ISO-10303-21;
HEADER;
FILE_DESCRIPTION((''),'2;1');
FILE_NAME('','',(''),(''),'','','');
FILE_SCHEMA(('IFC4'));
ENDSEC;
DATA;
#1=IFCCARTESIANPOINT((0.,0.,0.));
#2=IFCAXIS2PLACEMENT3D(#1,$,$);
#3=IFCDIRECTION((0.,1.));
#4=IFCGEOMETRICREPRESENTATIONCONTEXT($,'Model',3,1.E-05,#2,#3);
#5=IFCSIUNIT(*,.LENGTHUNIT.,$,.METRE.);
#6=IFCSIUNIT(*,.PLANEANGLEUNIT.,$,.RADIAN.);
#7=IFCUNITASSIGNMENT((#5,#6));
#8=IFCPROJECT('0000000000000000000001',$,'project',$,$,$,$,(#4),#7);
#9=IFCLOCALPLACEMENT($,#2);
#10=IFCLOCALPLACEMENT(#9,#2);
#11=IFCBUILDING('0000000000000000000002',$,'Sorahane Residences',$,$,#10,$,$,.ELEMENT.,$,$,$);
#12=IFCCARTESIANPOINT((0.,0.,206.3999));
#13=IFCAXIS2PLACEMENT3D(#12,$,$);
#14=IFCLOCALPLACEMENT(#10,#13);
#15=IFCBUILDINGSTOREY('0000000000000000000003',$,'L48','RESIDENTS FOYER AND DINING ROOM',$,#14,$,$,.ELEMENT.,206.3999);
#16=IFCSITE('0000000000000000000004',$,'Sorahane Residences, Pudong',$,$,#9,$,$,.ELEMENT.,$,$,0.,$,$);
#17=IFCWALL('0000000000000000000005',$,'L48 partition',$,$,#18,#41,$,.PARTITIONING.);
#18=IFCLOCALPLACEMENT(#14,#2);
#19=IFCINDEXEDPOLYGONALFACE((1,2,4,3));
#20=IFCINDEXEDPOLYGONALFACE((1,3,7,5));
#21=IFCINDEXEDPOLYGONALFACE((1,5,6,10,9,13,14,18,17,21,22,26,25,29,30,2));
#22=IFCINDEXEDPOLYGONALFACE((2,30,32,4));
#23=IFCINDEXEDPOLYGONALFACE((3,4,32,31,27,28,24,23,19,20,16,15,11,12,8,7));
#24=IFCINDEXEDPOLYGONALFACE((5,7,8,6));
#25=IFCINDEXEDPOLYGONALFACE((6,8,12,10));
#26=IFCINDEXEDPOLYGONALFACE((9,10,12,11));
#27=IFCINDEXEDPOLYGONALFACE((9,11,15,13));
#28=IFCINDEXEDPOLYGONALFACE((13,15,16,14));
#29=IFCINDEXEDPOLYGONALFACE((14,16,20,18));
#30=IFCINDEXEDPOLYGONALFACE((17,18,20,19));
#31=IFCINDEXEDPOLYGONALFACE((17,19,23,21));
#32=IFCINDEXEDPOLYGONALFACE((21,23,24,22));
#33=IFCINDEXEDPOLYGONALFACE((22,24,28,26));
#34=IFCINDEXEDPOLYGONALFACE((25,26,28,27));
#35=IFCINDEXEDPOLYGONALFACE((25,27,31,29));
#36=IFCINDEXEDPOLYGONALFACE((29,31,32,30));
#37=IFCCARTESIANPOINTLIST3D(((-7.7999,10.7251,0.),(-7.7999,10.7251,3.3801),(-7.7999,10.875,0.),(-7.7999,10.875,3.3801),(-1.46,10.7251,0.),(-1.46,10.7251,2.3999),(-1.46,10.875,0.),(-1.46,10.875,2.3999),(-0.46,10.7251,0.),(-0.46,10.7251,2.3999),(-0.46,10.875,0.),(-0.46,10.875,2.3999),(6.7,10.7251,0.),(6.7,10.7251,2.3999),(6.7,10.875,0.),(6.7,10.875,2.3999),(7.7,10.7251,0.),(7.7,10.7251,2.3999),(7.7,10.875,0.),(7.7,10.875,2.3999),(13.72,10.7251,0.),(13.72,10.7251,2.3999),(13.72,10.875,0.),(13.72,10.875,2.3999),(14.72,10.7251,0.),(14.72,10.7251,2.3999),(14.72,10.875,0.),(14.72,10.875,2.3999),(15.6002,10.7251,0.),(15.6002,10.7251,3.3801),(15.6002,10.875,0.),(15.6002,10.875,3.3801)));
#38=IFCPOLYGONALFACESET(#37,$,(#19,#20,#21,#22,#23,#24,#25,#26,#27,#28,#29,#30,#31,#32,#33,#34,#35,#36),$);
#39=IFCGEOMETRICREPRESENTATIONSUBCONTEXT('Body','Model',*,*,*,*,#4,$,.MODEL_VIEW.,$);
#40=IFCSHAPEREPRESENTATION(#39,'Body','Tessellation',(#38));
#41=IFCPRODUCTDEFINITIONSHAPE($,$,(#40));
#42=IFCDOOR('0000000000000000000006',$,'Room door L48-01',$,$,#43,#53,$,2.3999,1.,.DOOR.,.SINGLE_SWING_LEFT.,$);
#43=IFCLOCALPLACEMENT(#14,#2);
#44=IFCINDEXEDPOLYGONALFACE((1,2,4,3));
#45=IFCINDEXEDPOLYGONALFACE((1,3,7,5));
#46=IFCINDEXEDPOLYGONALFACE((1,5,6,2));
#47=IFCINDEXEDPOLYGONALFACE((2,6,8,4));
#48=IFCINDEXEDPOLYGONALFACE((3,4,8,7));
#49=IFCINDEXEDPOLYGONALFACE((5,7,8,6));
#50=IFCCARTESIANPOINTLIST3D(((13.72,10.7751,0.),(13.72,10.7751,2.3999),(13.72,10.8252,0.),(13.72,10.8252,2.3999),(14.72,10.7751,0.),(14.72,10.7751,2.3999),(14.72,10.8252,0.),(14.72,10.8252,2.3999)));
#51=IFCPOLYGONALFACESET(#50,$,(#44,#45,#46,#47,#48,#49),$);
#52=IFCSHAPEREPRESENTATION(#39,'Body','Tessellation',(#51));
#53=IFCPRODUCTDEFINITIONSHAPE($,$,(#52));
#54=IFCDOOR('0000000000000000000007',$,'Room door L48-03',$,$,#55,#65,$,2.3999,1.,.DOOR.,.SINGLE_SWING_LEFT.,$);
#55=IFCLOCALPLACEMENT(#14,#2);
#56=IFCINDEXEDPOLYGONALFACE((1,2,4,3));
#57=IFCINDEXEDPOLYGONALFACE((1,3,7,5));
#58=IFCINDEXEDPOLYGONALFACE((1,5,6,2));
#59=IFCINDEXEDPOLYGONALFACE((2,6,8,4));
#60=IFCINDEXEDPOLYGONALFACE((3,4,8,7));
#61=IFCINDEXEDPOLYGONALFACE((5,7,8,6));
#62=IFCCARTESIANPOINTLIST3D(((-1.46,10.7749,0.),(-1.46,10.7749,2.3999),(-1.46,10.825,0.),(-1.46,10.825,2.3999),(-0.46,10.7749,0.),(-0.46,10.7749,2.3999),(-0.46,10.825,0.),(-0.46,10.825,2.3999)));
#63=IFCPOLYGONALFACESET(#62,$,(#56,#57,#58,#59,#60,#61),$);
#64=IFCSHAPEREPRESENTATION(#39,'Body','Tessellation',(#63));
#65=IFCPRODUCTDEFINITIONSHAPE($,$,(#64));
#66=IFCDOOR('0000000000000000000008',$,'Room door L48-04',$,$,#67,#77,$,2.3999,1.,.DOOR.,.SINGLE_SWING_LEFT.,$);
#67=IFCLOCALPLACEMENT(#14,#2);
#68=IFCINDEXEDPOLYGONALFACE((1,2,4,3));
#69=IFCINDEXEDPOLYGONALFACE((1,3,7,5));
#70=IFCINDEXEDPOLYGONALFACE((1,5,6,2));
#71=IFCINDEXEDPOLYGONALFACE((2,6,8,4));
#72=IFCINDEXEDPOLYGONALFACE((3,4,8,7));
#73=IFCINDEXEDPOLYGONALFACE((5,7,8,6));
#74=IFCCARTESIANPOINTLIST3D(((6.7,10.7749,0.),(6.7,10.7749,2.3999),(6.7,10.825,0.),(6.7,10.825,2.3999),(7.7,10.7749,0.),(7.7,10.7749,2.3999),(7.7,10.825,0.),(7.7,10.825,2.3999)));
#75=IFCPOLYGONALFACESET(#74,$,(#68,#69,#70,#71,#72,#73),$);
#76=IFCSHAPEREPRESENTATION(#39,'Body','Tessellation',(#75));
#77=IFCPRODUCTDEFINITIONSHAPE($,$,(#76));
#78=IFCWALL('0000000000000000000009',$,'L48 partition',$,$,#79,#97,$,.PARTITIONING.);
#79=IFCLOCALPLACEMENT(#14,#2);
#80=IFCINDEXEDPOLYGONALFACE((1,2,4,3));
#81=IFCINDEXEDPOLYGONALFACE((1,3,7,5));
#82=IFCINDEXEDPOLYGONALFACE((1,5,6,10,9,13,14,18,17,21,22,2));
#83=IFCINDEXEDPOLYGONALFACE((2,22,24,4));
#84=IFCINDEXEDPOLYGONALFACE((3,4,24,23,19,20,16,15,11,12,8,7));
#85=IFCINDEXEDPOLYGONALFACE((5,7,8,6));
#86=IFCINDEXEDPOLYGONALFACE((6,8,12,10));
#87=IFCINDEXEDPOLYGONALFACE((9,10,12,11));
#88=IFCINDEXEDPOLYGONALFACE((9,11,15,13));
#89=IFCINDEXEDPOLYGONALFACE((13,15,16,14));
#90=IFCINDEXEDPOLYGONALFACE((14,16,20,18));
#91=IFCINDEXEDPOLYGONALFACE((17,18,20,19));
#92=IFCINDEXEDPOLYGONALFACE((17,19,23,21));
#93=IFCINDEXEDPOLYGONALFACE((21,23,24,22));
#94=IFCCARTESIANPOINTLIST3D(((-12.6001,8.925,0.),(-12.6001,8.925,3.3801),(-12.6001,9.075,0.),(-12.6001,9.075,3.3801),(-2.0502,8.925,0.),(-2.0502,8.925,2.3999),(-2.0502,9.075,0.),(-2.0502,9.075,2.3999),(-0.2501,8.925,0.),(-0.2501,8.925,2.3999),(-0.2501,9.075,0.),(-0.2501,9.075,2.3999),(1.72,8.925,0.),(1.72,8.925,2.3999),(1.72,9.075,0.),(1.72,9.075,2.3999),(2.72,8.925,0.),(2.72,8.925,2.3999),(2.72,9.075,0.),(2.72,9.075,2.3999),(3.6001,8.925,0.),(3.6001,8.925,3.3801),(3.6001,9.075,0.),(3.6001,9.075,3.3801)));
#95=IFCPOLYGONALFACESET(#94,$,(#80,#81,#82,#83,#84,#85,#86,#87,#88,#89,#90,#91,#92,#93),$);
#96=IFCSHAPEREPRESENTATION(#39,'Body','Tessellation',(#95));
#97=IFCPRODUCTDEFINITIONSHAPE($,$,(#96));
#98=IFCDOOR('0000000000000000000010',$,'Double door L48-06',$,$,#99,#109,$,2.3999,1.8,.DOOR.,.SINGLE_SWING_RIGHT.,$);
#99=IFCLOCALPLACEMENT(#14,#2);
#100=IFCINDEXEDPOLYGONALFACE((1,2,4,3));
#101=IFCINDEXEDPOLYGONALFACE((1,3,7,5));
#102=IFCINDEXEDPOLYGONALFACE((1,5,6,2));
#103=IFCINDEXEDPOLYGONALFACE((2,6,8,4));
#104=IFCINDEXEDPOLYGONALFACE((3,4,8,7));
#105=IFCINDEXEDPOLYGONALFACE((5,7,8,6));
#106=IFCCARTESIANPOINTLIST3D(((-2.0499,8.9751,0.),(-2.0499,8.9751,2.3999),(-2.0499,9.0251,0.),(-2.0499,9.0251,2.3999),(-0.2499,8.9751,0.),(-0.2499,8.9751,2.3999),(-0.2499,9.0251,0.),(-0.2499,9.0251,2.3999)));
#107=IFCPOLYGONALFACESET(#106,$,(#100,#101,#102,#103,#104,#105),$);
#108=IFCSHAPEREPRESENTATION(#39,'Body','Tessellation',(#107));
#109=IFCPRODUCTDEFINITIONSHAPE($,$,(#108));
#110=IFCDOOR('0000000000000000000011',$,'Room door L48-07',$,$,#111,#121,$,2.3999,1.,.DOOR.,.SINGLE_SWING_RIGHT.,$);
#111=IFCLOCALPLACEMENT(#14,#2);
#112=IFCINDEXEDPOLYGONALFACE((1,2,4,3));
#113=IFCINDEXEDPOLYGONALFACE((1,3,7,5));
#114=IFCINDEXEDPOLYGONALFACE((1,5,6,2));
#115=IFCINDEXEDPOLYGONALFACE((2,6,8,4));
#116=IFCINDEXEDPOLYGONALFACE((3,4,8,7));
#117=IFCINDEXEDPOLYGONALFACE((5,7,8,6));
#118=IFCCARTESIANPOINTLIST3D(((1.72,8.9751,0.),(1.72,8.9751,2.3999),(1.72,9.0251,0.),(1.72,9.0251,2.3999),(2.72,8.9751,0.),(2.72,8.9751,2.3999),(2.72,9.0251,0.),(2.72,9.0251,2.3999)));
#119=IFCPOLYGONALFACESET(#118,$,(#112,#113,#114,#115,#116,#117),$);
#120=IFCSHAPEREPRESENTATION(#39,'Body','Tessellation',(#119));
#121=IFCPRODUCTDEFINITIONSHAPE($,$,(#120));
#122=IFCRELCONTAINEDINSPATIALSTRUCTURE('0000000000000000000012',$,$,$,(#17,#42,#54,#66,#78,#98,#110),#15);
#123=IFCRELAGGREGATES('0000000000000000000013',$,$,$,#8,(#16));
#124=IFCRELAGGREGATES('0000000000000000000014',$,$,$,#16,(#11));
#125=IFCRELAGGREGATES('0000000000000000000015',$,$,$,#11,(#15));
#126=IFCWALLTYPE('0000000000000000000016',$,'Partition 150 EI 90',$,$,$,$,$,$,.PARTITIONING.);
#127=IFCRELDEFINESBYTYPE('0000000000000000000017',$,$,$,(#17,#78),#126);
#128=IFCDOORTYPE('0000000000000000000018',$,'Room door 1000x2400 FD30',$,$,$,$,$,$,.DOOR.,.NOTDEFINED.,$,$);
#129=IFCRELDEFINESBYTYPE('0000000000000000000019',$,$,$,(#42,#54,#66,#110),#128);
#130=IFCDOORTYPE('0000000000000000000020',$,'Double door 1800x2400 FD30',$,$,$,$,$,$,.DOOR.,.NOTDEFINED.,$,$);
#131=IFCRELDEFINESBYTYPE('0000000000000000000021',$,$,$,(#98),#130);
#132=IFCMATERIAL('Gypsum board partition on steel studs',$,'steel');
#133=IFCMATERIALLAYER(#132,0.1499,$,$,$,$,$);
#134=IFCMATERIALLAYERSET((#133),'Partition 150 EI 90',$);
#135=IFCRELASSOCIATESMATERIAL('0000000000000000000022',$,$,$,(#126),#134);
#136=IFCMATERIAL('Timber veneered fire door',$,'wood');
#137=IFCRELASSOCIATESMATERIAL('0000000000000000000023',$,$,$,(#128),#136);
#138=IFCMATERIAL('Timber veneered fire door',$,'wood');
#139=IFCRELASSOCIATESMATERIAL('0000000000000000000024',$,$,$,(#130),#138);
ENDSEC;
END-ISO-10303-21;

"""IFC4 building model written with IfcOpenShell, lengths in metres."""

from ifc_helpers import new_model, si_unit, direction, frame, frame_2d, origin, place, context, subcontext, project, spatial, rectangle, extrude, material, layer, layer_set, type_object, element, fill, save


model = new_model("IFC4")

# Units and contexts
model_context = context("Model", 3, precision=1e-05, world=origin(), true_north=direction((0.0, 1.0)))
body_context = subcontext(model_context, "Body", "Model", "MODEL_VIEW")
ifc_project = project(units=[si_unit("LENGTHUNIT", "METRE"), si_unit("PLANEANGLEUNIT", "RADIAN")], contexts=[model_context])

# Site, building, storey
site_placement = place(None, origin())
site = spatial("IfcSite", under=ifc_project, at=site_placement, Name="Sorahane Residences, Pudong", CompositionType="ELEMENT", RefElevation=0.0)
building_placement = place(site_placement, origin())
building = spatial("IfcBuilding", under=site, at=building_placement, Name="Sorahane Residences", CompositionType="ELEMENT")
storey_placement = place(building_placement, frame((0.0, 0.0, 206.3999)))
storey = spatial("IfcBuildingStorey", under=building, at=storey_placement, Name="L48", Description="RESIDENTS FOYER AND DINING ROOM", CompositionType="ELEMENT", Elevation=206.3999)

# Walls, openings, doors
ifc_material_1 = material(Name="Gypsum board partition on steel studs", Category="steel")
ifc_layer_1 = layer(ifc_material_1, 0.1499)
ifc_layer_set_1 = layer_set([ifc_layer_1], Name="Partition 150 EI 90")
wall_type_1 = type_object("IfcWallType", Name="Partition 150 EI 90", PredefinedType="PARTITIONING", material=ifc_layer_set_1)
wall_1_placement = place(storey_placement, frame((-7.8, 10.8, 0.0), z_axis=(0.0, 0.0, 1.0), x_axis=(1.0, 0.0, 0.0)))
wall_1 = element("IfcWall", 1, at=wall_1_placement, inside=storey, type_object=wall_type_1, Name="L48 partition", PredefinedType="PARTITIONING", context=body_context, shape_type="SweptSolid", body=[
    extrude(rectangle(XDim=23.4001, YDim=0.1499, at=frame_2d((11.7002, 0.0))), origin(), (0.0, 0.0, 1.0), 3.3801),
])
opening_1_placement = place(wall_1_placement, frame((21.52, 0.0, 0.0)))
opening_1 = element("IfcOpeningElement", 2, at=opening_1_placement, cuts=wall_1, PredefinedType="OPENING", context=body_context, shape_type="SweptSolid", body=[
    extrude(rectangle(XDim=1.0, YDim=2.3999, at=frame_2d((0.5, 1.2))), frame((0.0, 0.085, 0.0), z_axis=(0.0, -1.0, 0.0), x_axis=(1.0, 0.0, 0.0)), (0.0, 0.0, 1.0), 0.1699),
])
opening_2_placement = place(wall_1_placement, frame((6.3401, 0.0, 0.0)))
opening_2 = element("IfcOpeningElement", 3, at=opening_2_placement, cuts=wall_1, PredefinedType="OPENING", context=body_context, shape_type="SweptSolid", body=[
    extrude(rectangle(XDim=1.0, YDim=2.3999, at=frame_2d((0.5, 1.2))), frame((0.0, 0.085, 0.0), z_axis=(0.0, -1.0, 0.0), x_axis=(1.0, 0.0, 0.0)), (0.0, 0.0, 1.0), 0.1699),
])
opening_3_placement = place(wall_1_placement, frame((14.5, 0.0, 0.0)))
opening_3 = element("IfcOpeningElement", 4, at=opening_3_placement, cuts=wall_1, PredefinedType="OPENING", context=body_context, shape_type="SweptSolid", body=[
    extrude(rectangle(XDim=1.0, YDim=2.3999, at=frame_2d((0.5, 1.2))), frame((0.0, 0.085, 0.0), z_axis=(0.0, -1.0, 0.0), x_axis=(1.0, 0.0, 0.0)), (0.0, 0.0, 1.0), 0.1699),
])
ifc_material_2 = material(Name="Timber veneered fire door", Category="wood")
door_type_1 = type_object("IfcDoorType", Name="Room door 1000x2400 FD30", OperationType="NOTDEFINED", PredefinedType="DOOR", material=ifc_material_2)
door_1_placement = place(opening_1_placement, frame((1.0, 0.0, 0.0), z_axis=(0.0, 0.0, 1.0), x_axis=(-1.0, 0.0, 0.0)))
door_1 = element("IfcDoor", 5, at=door_1_placement, inside=storey, type_object=door_type_1, Name="Room door L48-01", OperationType="SINGLE_SWING_LEFT", OverallHeight=2.3999, OverallWidth=1.0, PredefinedType="DOOR", context=body_context, shape_type="SweptSolid", body=[
    extrude(rectangle(XDim=1.0, YDim=2.3999, at=frame_2d((0.5, 1.2))), frame((0.0, 0.0249, 0.0), z_axis=(0.0, -1.0, 0.0), x_axis=(1.0, 0.0, 0.0)), (0.0, 0.0, 1.0), 0.05),
])
fill(opening_1, door_1)
door_2_placement = place(opening_2_placement, origin())
door_2 = element("IfcDoor", 6, at=door_2_placement, inside=storey, type_object=door_type_1, Name="Room door L48-03", OperationType="SINGLE_SWING_LEFT", OverallHeight=2.3999, OverallWidth=1.0, PredefinedType="DOOR", context=body_context, shape_type="SweptSolid", body=[
    extrude(rectangle(XDim=1.0, YDim=2.3999, at=frame_2d((0.5, 1.2))), frame((0.0, 0.0249, 0.0), z_axis=(0.0, -1.0, 0.0), x_axis=(1.0, 0.0, 0.0)), (0.0, 0.0, 1.0), 0.05),
])
fill(opening_2, door_2)
door_3_placement = place(opening_3_placement, origin())
door_3 = element("IfcDoor", 7, at=door_3_placement, inside=storey, type_object=door_type_1, Name="Room door L48-04", OperationType="SINGLE_SWING_LEFT", OverallHeight=2.3999, OverallWidth=1.0, PredefinedType="DOOR", context=body_context, shape_type="SweptSolid", body=[
    extrude(rectangle(XDim=1.0, YDim=2.3999, at=frame_2d((0.5, 1.2))), frame((0.0, 0.0249, 0.0), z_axis=(0.0, -1.0, 0.0), x_axis=(1.0, 0.0, 0.0)), (0.0, 0.0, 1.0), 0.05),
])
fill(opening_3, door_3)
wall_2_placement = place(storey_placement, frame((-12.6001, 9.0, 0.0), z_axis=(0.0, 0.0, 1.0), x_axis=(1.0, 0.0, 0.0)))
wall_2 = element("IfcWall", 8, at=wall_2_placement, inside=storey, type_object=wall_type_1, Name="L48 partition", PredefinedType="PARTITIONING", context=body_context, shape_type="SweptSolid", body=[
    extrude(rectangle(XDim=16.2002, YDim=0.1499, at=frame_2d((8.1001, 0.0))), origin(), (0.0, 0.0, 1.0), 3.3801),
])
opening_4_placement = place(wall_2_placement, frame((10.55, 0.0, 0.0)))
opening_4 = element("IfcOpeningElement", 9, at=opening_4_placement, cuts=wall_2, PredefinedType="OPENING", context=body_context, shape_type="SweptSolid", body=[
    extrude(rectangle(XDim=1.8, YDim=2.3999, at=frame_2d((0.8999, 1.2))), frame((0.0, 0.085, 0.0), z_axis=(0.0, -1.0, 0.0), x_axis=(1.0, 0.0, 0.0)), (0.0, 0.0, 1.0), 0.1699),
])
opening_5_placement = place(wall_2_placement, frame((14.3201, 0.0, 0.0)))
opening_5 = element("IfcOpeningElement", 10, at=opening_5_placement, cuts=wall_2, PredefinedType="OPENING", context=body_context, shape_type="SweptSolid", body=[
    extrude(rectangle(XDim=1.0, YDim=2.3999, at=frame_2d((0.5, 1.2))), frame((0.0, 0.085, 0.0), z_axis=(0.0, -1.0, 0.0), x_axis=(1.0, 0.0, 0.0)), (0.0, 0.0, 1.0), 0.1699),
])
ifc_material_3 = material(Name="Timber veneered fire door", Category="wood")
door_type_2 = type_object("IfcDoorType", Name="Double door 1800x2400 FD30", OperationType="NOTDEFINED", PredefinedType="DOOR", material=ifc_material_3)
door_4_placement = place(opening_4_placement, frame((1.8, 0.0, 0.0), z_axis=(0.0, 0.0, 1.0), x_axis=(-1.0, 0.0, 0.0)))
door_4 = element("IfcDoor", 11, at=door_4_placement, inside=storey, type_object=door_type_2, Name="Double door L48-06", OperationType="SINGLE_SWING_RIGHT", OverallHeight=2.3999, OverallWidth=1.8, PredefinedType="DOOR", context=body_context, shape_type="SweptSolid", body=[
    extrude(rectangle(XDim=1.8, YDim=2.3999, at=frame_2d((0.8999, 1.2))), frame((0.0, 0.0249, 0.0), z_axis=(0.0, -1.0, 0.0), x_axis=(1.0, 0.0, 0.0)), (0.0, 0.0, 1.0), 0.05),
])
fill(opening_4, door_4)
door_5_placement = place(opening_5_placement, frame((1.0, 0.0, 0.0), z_axis=(0.0, 0.0, 1.0), x_axis=(-1.0, 0.0, 0.0)))
door_5 = element("IfcDoor", 12, at=door_5_placement, inside=storey, type_object=door_type_1, Name="Room door L48-07", OperationType="SINGLE_SWING_RIGHT", OverallHeight=2.3999, OverallWidth=1.0, PredefinedType="DOOR", context=body_context, shape_type="SweptSolid", body=[
    extrude(rectangle(XDim=1.0, YDim=2.3999, at=frame_2d((0.5, 1.2))), frame((0.0, 0.0249, 0.0), z_axis=(0.0, -1.0, 0.0), x_axis=(1.0, 0.0, 0.0)), (0.0, 0.0, 1.0), 0.05),
])
fill(opening_5, door_5)

save(model, "model.ifc")
